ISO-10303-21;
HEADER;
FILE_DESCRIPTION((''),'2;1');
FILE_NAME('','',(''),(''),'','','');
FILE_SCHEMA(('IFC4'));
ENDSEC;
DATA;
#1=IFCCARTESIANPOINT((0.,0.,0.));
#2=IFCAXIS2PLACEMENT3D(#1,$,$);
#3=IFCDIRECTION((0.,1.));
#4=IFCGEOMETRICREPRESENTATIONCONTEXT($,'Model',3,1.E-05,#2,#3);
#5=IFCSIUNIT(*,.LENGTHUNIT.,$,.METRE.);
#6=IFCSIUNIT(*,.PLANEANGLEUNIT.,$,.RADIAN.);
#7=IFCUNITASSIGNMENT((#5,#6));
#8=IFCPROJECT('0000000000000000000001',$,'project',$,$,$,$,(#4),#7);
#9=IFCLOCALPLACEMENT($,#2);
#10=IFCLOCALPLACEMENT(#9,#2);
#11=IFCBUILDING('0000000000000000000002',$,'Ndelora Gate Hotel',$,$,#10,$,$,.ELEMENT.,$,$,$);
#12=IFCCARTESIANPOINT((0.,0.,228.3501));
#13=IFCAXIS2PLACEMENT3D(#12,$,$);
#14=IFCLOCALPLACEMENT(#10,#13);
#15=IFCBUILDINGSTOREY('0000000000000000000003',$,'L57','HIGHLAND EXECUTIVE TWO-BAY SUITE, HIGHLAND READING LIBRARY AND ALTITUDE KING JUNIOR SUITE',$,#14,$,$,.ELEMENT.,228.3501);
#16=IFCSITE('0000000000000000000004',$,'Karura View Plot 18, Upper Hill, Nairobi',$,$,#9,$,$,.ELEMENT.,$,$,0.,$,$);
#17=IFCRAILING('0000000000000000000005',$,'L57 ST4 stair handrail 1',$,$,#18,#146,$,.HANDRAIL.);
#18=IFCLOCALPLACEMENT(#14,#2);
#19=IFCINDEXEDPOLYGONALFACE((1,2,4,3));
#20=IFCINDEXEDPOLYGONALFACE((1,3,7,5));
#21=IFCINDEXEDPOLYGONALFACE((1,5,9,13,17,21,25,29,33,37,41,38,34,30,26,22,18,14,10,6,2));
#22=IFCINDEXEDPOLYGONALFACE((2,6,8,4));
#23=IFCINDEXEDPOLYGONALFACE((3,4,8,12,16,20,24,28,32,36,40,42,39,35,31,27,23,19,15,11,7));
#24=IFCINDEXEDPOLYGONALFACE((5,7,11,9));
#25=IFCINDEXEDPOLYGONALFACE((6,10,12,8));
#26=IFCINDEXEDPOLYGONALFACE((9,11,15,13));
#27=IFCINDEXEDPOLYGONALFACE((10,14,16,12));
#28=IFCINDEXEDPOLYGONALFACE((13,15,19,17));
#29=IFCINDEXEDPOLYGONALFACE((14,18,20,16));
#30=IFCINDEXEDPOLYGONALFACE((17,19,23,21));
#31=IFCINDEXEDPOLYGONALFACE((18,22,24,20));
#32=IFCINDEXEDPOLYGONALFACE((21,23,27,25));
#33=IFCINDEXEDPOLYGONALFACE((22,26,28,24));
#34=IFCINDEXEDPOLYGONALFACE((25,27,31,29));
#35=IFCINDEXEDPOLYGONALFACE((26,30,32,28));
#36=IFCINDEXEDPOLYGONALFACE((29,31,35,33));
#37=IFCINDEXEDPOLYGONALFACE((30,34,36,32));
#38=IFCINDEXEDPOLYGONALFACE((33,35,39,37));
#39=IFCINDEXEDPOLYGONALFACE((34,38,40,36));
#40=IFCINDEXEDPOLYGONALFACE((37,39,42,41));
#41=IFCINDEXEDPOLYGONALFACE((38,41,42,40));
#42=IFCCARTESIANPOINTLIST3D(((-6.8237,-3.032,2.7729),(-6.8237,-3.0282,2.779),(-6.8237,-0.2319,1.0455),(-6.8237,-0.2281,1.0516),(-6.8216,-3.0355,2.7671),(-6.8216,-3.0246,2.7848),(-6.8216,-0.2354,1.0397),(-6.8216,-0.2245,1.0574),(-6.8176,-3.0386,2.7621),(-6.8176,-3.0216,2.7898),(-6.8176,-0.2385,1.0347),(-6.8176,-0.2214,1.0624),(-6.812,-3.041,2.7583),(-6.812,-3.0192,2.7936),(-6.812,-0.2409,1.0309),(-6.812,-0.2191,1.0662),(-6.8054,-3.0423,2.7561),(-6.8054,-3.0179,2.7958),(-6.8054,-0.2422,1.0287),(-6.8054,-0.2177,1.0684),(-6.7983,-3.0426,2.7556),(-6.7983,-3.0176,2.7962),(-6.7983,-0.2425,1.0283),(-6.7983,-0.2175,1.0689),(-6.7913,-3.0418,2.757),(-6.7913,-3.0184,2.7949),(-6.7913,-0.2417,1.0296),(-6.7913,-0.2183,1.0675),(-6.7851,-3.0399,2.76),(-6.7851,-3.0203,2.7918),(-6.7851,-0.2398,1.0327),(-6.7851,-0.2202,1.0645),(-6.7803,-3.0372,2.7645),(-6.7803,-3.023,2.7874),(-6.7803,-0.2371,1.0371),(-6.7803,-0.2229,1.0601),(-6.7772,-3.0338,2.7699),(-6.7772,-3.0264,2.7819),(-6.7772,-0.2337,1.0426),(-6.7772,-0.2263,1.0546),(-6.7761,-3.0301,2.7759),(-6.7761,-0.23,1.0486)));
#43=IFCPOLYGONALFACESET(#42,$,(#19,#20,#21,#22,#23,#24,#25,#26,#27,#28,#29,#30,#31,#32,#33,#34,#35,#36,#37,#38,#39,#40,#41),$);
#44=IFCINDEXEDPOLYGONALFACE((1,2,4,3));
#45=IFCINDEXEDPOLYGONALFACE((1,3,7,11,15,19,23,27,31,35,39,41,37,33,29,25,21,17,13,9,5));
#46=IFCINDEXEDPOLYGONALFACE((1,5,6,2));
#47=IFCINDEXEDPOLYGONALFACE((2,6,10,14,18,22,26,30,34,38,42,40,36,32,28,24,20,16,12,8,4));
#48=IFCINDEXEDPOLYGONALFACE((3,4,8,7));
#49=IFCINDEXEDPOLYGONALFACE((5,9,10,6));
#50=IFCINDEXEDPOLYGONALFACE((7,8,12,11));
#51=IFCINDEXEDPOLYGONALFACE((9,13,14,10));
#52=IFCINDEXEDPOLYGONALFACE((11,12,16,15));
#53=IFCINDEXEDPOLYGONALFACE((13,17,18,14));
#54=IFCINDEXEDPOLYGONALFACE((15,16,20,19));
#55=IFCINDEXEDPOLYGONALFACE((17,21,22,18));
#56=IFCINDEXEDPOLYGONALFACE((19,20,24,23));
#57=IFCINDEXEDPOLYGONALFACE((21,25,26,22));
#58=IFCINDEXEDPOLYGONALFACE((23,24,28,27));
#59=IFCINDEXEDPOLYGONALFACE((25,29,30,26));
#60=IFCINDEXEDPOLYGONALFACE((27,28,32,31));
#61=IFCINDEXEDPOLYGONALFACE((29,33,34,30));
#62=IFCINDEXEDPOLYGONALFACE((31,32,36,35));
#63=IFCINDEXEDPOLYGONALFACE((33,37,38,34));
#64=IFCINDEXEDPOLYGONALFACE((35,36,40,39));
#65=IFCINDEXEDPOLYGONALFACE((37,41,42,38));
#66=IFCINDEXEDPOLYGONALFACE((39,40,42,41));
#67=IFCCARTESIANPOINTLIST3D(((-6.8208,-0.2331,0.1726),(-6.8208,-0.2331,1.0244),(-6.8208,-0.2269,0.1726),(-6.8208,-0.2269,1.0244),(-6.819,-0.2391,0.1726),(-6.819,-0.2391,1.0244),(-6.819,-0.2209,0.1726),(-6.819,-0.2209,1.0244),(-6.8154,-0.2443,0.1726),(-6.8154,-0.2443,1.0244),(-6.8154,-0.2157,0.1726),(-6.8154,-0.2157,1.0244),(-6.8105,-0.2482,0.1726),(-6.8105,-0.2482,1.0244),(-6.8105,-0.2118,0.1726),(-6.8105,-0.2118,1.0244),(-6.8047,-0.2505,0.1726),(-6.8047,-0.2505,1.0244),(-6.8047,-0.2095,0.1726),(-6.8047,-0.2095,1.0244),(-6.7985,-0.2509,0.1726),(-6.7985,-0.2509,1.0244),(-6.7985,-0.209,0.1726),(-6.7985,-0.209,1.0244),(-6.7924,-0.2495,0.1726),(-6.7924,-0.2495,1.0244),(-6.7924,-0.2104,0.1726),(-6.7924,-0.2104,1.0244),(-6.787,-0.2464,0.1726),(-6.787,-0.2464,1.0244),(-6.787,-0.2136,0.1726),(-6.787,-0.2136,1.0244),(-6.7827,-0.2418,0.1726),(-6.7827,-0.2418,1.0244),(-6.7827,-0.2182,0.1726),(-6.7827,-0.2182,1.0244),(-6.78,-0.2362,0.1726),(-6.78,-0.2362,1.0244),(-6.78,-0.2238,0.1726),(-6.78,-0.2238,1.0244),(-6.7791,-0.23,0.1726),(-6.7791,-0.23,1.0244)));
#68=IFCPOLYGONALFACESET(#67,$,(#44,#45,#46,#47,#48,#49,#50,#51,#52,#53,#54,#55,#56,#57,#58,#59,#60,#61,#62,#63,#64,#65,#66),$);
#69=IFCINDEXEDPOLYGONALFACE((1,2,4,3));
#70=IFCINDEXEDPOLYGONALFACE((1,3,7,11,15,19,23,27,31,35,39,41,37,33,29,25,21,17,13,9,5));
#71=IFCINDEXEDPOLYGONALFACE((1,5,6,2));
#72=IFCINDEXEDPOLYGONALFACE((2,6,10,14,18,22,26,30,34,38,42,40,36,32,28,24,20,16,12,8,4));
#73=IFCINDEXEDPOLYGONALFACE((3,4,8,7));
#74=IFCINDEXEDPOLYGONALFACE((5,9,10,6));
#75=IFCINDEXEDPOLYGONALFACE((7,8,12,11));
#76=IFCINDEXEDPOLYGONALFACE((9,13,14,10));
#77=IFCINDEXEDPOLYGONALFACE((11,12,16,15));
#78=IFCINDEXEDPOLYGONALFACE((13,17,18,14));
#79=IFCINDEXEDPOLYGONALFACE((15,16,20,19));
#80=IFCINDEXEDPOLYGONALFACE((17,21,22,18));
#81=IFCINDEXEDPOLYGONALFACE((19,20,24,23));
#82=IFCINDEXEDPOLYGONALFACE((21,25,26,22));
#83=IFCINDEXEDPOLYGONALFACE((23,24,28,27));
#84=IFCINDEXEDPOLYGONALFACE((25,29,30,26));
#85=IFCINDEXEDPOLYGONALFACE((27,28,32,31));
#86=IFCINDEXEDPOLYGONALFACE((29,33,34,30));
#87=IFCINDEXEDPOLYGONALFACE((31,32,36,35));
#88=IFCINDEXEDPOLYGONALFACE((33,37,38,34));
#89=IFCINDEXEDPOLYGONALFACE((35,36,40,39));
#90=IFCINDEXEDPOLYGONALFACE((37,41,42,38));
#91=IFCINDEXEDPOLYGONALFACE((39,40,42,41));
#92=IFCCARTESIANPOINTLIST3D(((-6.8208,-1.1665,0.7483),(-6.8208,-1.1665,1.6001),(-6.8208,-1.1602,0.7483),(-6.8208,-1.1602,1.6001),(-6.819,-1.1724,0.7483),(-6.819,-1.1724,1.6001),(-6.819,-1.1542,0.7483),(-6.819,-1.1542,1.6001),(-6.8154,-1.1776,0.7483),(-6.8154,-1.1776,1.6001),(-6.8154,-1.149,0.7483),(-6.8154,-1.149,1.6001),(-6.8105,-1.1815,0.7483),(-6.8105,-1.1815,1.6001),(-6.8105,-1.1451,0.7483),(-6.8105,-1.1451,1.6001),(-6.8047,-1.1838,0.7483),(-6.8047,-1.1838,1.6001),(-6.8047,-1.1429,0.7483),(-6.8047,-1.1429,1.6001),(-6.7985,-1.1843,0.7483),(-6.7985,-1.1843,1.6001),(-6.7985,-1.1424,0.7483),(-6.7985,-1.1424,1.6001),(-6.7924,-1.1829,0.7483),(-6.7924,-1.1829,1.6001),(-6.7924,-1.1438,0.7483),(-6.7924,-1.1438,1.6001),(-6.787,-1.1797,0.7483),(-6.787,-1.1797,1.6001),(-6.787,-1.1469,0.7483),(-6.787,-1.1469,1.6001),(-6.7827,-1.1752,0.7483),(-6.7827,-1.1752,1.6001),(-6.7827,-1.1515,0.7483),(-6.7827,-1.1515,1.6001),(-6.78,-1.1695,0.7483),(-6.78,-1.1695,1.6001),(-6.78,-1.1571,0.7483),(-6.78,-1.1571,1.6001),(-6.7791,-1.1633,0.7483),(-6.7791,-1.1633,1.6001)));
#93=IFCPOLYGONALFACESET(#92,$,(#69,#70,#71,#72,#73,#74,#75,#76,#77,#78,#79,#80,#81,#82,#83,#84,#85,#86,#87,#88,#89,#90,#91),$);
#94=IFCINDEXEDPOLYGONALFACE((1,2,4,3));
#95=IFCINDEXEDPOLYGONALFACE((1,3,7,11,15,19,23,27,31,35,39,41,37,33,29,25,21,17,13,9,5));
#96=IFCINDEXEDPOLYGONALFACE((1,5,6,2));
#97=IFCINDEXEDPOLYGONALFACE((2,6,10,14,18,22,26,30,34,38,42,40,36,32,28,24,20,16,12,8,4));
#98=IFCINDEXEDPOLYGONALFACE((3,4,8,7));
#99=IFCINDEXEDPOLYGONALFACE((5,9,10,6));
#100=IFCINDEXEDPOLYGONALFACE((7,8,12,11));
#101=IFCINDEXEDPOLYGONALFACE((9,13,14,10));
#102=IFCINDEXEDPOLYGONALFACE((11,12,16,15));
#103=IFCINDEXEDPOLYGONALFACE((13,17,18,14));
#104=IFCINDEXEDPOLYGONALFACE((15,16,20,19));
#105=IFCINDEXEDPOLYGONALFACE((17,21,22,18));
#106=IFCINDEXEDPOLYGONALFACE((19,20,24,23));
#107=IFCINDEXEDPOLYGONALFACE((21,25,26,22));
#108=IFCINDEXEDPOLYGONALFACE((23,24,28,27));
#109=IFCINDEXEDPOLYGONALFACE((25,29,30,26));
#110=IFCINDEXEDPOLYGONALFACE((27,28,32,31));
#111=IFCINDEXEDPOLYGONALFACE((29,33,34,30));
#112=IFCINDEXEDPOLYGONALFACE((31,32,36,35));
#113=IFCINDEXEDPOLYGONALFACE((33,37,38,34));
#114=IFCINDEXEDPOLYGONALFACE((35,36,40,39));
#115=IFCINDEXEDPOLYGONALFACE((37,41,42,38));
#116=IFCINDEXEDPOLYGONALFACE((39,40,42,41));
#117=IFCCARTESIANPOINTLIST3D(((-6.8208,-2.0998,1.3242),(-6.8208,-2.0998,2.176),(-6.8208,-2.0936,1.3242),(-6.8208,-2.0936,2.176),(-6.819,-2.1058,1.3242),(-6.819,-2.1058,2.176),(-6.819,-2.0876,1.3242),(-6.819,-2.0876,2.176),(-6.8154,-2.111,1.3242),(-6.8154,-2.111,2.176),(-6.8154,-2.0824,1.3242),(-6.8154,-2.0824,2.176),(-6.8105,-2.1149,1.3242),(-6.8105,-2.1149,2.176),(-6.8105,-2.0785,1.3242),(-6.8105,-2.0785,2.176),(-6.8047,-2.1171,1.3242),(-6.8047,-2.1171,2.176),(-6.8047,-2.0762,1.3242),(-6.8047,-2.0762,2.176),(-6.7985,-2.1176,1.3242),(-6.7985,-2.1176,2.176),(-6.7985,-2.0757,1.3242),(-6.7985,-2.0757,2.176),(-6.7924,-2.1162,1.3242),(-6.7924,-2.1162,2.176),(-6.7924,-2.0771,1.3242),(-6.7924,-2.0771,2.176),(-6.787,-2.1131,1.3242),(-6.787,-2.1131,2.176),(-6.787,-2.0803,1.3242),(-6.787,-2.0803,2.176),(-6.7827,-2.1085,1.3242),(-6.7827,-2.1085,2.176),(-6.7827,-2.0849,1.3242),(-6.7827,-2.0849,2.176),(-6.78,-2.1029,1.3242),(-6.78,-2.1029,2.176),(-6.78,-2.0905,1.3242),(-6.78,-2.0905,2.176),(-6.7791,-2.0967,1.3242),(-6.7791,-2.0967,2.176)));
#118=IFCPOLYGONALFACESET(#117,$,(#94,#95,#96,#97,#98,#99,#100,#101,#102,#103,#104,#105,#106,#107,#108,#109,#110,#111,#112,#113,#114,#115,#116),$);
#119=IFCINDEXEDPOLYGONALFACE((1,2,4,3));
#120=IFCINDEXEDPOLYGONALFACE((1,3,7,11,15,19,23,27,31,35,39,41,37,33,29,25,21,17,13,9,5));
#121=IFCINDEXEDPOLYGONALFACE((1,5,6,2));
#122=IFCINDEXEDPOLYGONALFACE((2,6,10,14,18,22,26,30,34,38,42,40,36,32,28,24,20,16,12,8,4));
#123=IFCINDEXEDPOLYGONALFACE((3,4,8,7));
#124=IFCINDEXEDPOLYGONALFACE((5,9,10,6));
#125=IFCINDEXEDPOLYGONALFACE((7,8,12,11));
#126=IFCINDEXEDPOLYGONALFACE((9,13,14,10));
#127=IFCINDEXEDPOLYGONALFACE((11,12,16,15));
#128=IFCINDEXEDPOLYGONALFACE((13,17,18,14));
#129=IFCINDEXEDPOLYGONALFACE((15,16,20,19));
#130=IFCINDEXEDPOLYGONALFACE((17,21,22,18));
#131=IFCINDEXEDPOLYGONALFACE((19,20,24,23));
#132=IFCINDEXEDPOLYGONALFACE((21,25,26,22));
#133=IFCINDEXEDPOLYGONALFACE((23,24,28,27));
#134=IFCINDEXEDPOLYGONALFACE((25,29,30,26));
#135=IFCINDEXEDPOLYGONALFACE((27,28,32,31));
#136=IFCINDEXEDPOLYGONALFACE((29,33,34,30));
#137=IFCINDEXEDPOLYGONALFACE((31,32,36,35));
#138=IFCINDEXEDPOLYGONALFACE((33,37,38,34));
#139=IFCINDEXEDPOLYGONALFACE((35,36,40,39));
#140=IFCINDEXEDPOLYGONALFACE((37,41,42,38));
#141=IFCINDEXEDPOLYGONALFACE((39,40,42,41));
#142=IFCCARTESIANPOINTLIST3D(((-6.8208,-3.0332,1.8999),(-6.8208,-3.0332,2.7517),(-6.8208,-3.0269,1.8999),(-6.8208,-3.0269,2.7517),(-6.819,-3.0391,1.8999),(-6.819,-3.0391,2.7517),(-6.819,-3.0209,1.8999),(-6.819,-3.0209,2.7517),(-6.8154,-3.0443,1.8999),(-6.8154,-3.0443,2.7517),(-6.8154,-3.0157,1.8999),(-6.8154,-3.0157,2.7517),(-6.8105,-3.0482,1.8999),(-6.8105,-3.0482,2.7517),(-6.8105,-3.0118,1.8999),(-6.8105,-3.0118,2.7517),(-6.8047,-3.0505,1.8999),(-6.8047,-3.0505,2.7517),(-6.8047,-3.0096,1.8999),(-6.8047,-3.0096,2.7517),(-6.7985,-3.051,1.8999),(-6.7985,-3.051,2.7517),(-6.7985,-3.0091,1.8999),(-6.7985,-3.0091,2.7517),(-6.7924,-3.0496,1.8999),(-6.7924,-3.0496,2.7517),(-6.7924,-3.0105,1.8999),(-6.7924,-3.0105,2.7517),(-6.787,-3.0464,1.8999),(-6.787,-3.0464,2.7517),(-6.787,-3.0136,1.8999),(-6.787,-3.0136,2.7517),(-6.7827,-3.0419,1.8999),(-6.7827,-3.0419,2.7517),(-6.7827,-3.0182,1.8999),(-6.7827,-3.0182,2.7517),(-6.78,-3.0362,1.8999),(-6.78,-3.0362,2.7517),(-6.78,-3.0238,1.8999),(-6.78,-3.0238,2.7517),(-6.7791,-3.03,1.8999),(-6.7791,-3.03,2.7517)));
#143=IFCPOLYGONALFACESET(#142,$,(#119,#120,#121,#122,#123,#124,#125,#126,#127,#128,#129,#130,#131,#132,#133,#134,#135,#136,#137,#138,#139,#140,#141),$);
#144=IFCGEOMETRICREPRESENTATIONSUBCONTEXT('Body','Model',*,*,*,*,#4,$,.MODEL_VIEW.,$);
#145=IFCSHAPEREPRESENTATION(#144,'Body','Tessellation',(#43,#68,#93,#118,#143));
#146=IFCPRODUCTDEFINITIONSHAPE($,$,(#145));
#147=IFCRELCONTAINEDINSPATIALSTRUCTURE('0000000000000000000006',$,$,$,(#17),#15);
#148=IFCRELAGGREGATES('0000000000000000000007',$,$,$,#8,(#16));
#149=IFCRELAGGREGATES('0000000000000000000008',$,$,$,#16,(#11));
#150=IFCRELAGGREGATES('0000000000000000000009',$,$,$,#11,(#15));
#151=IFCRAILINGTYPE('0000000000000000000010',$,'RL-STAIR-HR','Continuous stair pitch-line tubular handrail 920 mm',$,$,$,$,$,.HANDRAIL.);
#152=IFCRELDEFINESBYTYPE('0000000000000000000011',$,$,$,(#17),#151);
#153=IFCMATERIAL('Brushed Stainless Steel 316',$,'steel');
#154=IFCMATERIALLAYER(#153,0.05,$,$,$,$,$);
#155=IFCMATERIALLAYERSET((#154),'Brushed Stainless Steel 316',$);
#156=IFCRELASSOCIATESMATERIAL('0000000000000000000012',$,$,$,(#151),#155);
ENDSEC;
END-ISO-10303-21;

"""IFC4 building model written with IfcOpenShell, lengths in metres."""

from ifc_helpers import new_model, si_unit, direction, frame, origin, origin_2d, place, context, subcontext, project, spatial, circle, extrude, material, layer, layer_set, type_object, element, save


model = new_model("IFC4")

# Units and contexts
model_context = context("Model", 3, precision=1e-05, world=origin(), true_north=direction((0.0, 1.0)))
body_context = subcontext(model_context, "Body", "Model", "MODEL_VIEW")
ifc_project = project(units=[si_unit("LENGTHUNIT", "METRE"), si_unit("PLANEANGLEUNIT", "RADIAN")], contexts=[model_context])

# Site, building, storey
site_placement = place(None, origin())
site = spatial("IfcSite", under=ifc_project, at=site_placement, Name="Karura View Plot 18, Upper Hill, Nairobi", CompositionType="ELEMENT", RefElevation=0.0)
building_placement = place(site_placement, origin())
building = spatial("IfcBuilding", under=site, at=building_placement, Name="Ndelora Gate Hotel", CompositionType="ELEMENT")
storey_placement = place(building_placement, frame((0.0, 0.0, 228.3501)))
storey = spatial("IfcBuildingStorey", under=building, at=storey_placement, Name="L57", Description="HIGHLAND EXECUTIVE TWO-BAY SUITE, HIGHLAND READING LIBRARY AND ALTITUDE KING JUNIOR SUITE", CompositionType="ELEMENT", Elevation=228.3501)

# Railing
ifc_material_1 = material(Name="Brushed Stainless Steel 316", Category="steel")
ifc_layer_1 = layer(ifc_material_1, 0.05)
ifc_layer_set_1 = layer_set([ifc_layer_1], Name="Brushed Stainless Steel 316")
railing_type_1 = type_object("IfcRailingType", Name="RL-STAIR-HR", Description="Continuous stair pitch-line tubular handrail 920 mm", PredefinedType="HANDRAIL", material=ifc_layer_set_1)
railing_1_placement = place(storey_placement, frame((-6.8, -0.23, 0.1726)))
element("IfcRailing", 1, at=railing_1_placement, inside=storey, type_object=railing_type_1, Name="L57 ST4 stair handrail 1", PredefinedType="HANDRAIL", context=body_context, shape_type="SweptSolid", body=[
    extrude(circle(Radius=0.0239, at=origin_2d()), frame((0.0, 0.0, 0.876), z_axis=(0.0, -0.85109, 0.52502), x_axis=(1.0, 0.0, 0.0)), (0.0, 0.0, 1.0), 3.29),
    extrude(circle(Radius=0.021, at=origin_2d()), origin(), (0.0, 0.0, 1.0), 0.8518),
    extrude(circle(Radius=0.021, at=origin_2d()), frame((0.0, -0.9333, 0.5757)), (0.0, 0.0, 1.0), 0.8518),
    extrude(circle(Radius=0.021, at=origin_2d()), frame((0.0, -1.8667, 1.1516)), (0.0, 0.0, 1.0), 0.8518),
    extrude(circle(Radius=0.021, at=origin_2d()), frame((0.0, -2.8, 1.7273)), (0.0, 0.0, 1.0), 0.8518),
])

save(model, "model.ifc")
